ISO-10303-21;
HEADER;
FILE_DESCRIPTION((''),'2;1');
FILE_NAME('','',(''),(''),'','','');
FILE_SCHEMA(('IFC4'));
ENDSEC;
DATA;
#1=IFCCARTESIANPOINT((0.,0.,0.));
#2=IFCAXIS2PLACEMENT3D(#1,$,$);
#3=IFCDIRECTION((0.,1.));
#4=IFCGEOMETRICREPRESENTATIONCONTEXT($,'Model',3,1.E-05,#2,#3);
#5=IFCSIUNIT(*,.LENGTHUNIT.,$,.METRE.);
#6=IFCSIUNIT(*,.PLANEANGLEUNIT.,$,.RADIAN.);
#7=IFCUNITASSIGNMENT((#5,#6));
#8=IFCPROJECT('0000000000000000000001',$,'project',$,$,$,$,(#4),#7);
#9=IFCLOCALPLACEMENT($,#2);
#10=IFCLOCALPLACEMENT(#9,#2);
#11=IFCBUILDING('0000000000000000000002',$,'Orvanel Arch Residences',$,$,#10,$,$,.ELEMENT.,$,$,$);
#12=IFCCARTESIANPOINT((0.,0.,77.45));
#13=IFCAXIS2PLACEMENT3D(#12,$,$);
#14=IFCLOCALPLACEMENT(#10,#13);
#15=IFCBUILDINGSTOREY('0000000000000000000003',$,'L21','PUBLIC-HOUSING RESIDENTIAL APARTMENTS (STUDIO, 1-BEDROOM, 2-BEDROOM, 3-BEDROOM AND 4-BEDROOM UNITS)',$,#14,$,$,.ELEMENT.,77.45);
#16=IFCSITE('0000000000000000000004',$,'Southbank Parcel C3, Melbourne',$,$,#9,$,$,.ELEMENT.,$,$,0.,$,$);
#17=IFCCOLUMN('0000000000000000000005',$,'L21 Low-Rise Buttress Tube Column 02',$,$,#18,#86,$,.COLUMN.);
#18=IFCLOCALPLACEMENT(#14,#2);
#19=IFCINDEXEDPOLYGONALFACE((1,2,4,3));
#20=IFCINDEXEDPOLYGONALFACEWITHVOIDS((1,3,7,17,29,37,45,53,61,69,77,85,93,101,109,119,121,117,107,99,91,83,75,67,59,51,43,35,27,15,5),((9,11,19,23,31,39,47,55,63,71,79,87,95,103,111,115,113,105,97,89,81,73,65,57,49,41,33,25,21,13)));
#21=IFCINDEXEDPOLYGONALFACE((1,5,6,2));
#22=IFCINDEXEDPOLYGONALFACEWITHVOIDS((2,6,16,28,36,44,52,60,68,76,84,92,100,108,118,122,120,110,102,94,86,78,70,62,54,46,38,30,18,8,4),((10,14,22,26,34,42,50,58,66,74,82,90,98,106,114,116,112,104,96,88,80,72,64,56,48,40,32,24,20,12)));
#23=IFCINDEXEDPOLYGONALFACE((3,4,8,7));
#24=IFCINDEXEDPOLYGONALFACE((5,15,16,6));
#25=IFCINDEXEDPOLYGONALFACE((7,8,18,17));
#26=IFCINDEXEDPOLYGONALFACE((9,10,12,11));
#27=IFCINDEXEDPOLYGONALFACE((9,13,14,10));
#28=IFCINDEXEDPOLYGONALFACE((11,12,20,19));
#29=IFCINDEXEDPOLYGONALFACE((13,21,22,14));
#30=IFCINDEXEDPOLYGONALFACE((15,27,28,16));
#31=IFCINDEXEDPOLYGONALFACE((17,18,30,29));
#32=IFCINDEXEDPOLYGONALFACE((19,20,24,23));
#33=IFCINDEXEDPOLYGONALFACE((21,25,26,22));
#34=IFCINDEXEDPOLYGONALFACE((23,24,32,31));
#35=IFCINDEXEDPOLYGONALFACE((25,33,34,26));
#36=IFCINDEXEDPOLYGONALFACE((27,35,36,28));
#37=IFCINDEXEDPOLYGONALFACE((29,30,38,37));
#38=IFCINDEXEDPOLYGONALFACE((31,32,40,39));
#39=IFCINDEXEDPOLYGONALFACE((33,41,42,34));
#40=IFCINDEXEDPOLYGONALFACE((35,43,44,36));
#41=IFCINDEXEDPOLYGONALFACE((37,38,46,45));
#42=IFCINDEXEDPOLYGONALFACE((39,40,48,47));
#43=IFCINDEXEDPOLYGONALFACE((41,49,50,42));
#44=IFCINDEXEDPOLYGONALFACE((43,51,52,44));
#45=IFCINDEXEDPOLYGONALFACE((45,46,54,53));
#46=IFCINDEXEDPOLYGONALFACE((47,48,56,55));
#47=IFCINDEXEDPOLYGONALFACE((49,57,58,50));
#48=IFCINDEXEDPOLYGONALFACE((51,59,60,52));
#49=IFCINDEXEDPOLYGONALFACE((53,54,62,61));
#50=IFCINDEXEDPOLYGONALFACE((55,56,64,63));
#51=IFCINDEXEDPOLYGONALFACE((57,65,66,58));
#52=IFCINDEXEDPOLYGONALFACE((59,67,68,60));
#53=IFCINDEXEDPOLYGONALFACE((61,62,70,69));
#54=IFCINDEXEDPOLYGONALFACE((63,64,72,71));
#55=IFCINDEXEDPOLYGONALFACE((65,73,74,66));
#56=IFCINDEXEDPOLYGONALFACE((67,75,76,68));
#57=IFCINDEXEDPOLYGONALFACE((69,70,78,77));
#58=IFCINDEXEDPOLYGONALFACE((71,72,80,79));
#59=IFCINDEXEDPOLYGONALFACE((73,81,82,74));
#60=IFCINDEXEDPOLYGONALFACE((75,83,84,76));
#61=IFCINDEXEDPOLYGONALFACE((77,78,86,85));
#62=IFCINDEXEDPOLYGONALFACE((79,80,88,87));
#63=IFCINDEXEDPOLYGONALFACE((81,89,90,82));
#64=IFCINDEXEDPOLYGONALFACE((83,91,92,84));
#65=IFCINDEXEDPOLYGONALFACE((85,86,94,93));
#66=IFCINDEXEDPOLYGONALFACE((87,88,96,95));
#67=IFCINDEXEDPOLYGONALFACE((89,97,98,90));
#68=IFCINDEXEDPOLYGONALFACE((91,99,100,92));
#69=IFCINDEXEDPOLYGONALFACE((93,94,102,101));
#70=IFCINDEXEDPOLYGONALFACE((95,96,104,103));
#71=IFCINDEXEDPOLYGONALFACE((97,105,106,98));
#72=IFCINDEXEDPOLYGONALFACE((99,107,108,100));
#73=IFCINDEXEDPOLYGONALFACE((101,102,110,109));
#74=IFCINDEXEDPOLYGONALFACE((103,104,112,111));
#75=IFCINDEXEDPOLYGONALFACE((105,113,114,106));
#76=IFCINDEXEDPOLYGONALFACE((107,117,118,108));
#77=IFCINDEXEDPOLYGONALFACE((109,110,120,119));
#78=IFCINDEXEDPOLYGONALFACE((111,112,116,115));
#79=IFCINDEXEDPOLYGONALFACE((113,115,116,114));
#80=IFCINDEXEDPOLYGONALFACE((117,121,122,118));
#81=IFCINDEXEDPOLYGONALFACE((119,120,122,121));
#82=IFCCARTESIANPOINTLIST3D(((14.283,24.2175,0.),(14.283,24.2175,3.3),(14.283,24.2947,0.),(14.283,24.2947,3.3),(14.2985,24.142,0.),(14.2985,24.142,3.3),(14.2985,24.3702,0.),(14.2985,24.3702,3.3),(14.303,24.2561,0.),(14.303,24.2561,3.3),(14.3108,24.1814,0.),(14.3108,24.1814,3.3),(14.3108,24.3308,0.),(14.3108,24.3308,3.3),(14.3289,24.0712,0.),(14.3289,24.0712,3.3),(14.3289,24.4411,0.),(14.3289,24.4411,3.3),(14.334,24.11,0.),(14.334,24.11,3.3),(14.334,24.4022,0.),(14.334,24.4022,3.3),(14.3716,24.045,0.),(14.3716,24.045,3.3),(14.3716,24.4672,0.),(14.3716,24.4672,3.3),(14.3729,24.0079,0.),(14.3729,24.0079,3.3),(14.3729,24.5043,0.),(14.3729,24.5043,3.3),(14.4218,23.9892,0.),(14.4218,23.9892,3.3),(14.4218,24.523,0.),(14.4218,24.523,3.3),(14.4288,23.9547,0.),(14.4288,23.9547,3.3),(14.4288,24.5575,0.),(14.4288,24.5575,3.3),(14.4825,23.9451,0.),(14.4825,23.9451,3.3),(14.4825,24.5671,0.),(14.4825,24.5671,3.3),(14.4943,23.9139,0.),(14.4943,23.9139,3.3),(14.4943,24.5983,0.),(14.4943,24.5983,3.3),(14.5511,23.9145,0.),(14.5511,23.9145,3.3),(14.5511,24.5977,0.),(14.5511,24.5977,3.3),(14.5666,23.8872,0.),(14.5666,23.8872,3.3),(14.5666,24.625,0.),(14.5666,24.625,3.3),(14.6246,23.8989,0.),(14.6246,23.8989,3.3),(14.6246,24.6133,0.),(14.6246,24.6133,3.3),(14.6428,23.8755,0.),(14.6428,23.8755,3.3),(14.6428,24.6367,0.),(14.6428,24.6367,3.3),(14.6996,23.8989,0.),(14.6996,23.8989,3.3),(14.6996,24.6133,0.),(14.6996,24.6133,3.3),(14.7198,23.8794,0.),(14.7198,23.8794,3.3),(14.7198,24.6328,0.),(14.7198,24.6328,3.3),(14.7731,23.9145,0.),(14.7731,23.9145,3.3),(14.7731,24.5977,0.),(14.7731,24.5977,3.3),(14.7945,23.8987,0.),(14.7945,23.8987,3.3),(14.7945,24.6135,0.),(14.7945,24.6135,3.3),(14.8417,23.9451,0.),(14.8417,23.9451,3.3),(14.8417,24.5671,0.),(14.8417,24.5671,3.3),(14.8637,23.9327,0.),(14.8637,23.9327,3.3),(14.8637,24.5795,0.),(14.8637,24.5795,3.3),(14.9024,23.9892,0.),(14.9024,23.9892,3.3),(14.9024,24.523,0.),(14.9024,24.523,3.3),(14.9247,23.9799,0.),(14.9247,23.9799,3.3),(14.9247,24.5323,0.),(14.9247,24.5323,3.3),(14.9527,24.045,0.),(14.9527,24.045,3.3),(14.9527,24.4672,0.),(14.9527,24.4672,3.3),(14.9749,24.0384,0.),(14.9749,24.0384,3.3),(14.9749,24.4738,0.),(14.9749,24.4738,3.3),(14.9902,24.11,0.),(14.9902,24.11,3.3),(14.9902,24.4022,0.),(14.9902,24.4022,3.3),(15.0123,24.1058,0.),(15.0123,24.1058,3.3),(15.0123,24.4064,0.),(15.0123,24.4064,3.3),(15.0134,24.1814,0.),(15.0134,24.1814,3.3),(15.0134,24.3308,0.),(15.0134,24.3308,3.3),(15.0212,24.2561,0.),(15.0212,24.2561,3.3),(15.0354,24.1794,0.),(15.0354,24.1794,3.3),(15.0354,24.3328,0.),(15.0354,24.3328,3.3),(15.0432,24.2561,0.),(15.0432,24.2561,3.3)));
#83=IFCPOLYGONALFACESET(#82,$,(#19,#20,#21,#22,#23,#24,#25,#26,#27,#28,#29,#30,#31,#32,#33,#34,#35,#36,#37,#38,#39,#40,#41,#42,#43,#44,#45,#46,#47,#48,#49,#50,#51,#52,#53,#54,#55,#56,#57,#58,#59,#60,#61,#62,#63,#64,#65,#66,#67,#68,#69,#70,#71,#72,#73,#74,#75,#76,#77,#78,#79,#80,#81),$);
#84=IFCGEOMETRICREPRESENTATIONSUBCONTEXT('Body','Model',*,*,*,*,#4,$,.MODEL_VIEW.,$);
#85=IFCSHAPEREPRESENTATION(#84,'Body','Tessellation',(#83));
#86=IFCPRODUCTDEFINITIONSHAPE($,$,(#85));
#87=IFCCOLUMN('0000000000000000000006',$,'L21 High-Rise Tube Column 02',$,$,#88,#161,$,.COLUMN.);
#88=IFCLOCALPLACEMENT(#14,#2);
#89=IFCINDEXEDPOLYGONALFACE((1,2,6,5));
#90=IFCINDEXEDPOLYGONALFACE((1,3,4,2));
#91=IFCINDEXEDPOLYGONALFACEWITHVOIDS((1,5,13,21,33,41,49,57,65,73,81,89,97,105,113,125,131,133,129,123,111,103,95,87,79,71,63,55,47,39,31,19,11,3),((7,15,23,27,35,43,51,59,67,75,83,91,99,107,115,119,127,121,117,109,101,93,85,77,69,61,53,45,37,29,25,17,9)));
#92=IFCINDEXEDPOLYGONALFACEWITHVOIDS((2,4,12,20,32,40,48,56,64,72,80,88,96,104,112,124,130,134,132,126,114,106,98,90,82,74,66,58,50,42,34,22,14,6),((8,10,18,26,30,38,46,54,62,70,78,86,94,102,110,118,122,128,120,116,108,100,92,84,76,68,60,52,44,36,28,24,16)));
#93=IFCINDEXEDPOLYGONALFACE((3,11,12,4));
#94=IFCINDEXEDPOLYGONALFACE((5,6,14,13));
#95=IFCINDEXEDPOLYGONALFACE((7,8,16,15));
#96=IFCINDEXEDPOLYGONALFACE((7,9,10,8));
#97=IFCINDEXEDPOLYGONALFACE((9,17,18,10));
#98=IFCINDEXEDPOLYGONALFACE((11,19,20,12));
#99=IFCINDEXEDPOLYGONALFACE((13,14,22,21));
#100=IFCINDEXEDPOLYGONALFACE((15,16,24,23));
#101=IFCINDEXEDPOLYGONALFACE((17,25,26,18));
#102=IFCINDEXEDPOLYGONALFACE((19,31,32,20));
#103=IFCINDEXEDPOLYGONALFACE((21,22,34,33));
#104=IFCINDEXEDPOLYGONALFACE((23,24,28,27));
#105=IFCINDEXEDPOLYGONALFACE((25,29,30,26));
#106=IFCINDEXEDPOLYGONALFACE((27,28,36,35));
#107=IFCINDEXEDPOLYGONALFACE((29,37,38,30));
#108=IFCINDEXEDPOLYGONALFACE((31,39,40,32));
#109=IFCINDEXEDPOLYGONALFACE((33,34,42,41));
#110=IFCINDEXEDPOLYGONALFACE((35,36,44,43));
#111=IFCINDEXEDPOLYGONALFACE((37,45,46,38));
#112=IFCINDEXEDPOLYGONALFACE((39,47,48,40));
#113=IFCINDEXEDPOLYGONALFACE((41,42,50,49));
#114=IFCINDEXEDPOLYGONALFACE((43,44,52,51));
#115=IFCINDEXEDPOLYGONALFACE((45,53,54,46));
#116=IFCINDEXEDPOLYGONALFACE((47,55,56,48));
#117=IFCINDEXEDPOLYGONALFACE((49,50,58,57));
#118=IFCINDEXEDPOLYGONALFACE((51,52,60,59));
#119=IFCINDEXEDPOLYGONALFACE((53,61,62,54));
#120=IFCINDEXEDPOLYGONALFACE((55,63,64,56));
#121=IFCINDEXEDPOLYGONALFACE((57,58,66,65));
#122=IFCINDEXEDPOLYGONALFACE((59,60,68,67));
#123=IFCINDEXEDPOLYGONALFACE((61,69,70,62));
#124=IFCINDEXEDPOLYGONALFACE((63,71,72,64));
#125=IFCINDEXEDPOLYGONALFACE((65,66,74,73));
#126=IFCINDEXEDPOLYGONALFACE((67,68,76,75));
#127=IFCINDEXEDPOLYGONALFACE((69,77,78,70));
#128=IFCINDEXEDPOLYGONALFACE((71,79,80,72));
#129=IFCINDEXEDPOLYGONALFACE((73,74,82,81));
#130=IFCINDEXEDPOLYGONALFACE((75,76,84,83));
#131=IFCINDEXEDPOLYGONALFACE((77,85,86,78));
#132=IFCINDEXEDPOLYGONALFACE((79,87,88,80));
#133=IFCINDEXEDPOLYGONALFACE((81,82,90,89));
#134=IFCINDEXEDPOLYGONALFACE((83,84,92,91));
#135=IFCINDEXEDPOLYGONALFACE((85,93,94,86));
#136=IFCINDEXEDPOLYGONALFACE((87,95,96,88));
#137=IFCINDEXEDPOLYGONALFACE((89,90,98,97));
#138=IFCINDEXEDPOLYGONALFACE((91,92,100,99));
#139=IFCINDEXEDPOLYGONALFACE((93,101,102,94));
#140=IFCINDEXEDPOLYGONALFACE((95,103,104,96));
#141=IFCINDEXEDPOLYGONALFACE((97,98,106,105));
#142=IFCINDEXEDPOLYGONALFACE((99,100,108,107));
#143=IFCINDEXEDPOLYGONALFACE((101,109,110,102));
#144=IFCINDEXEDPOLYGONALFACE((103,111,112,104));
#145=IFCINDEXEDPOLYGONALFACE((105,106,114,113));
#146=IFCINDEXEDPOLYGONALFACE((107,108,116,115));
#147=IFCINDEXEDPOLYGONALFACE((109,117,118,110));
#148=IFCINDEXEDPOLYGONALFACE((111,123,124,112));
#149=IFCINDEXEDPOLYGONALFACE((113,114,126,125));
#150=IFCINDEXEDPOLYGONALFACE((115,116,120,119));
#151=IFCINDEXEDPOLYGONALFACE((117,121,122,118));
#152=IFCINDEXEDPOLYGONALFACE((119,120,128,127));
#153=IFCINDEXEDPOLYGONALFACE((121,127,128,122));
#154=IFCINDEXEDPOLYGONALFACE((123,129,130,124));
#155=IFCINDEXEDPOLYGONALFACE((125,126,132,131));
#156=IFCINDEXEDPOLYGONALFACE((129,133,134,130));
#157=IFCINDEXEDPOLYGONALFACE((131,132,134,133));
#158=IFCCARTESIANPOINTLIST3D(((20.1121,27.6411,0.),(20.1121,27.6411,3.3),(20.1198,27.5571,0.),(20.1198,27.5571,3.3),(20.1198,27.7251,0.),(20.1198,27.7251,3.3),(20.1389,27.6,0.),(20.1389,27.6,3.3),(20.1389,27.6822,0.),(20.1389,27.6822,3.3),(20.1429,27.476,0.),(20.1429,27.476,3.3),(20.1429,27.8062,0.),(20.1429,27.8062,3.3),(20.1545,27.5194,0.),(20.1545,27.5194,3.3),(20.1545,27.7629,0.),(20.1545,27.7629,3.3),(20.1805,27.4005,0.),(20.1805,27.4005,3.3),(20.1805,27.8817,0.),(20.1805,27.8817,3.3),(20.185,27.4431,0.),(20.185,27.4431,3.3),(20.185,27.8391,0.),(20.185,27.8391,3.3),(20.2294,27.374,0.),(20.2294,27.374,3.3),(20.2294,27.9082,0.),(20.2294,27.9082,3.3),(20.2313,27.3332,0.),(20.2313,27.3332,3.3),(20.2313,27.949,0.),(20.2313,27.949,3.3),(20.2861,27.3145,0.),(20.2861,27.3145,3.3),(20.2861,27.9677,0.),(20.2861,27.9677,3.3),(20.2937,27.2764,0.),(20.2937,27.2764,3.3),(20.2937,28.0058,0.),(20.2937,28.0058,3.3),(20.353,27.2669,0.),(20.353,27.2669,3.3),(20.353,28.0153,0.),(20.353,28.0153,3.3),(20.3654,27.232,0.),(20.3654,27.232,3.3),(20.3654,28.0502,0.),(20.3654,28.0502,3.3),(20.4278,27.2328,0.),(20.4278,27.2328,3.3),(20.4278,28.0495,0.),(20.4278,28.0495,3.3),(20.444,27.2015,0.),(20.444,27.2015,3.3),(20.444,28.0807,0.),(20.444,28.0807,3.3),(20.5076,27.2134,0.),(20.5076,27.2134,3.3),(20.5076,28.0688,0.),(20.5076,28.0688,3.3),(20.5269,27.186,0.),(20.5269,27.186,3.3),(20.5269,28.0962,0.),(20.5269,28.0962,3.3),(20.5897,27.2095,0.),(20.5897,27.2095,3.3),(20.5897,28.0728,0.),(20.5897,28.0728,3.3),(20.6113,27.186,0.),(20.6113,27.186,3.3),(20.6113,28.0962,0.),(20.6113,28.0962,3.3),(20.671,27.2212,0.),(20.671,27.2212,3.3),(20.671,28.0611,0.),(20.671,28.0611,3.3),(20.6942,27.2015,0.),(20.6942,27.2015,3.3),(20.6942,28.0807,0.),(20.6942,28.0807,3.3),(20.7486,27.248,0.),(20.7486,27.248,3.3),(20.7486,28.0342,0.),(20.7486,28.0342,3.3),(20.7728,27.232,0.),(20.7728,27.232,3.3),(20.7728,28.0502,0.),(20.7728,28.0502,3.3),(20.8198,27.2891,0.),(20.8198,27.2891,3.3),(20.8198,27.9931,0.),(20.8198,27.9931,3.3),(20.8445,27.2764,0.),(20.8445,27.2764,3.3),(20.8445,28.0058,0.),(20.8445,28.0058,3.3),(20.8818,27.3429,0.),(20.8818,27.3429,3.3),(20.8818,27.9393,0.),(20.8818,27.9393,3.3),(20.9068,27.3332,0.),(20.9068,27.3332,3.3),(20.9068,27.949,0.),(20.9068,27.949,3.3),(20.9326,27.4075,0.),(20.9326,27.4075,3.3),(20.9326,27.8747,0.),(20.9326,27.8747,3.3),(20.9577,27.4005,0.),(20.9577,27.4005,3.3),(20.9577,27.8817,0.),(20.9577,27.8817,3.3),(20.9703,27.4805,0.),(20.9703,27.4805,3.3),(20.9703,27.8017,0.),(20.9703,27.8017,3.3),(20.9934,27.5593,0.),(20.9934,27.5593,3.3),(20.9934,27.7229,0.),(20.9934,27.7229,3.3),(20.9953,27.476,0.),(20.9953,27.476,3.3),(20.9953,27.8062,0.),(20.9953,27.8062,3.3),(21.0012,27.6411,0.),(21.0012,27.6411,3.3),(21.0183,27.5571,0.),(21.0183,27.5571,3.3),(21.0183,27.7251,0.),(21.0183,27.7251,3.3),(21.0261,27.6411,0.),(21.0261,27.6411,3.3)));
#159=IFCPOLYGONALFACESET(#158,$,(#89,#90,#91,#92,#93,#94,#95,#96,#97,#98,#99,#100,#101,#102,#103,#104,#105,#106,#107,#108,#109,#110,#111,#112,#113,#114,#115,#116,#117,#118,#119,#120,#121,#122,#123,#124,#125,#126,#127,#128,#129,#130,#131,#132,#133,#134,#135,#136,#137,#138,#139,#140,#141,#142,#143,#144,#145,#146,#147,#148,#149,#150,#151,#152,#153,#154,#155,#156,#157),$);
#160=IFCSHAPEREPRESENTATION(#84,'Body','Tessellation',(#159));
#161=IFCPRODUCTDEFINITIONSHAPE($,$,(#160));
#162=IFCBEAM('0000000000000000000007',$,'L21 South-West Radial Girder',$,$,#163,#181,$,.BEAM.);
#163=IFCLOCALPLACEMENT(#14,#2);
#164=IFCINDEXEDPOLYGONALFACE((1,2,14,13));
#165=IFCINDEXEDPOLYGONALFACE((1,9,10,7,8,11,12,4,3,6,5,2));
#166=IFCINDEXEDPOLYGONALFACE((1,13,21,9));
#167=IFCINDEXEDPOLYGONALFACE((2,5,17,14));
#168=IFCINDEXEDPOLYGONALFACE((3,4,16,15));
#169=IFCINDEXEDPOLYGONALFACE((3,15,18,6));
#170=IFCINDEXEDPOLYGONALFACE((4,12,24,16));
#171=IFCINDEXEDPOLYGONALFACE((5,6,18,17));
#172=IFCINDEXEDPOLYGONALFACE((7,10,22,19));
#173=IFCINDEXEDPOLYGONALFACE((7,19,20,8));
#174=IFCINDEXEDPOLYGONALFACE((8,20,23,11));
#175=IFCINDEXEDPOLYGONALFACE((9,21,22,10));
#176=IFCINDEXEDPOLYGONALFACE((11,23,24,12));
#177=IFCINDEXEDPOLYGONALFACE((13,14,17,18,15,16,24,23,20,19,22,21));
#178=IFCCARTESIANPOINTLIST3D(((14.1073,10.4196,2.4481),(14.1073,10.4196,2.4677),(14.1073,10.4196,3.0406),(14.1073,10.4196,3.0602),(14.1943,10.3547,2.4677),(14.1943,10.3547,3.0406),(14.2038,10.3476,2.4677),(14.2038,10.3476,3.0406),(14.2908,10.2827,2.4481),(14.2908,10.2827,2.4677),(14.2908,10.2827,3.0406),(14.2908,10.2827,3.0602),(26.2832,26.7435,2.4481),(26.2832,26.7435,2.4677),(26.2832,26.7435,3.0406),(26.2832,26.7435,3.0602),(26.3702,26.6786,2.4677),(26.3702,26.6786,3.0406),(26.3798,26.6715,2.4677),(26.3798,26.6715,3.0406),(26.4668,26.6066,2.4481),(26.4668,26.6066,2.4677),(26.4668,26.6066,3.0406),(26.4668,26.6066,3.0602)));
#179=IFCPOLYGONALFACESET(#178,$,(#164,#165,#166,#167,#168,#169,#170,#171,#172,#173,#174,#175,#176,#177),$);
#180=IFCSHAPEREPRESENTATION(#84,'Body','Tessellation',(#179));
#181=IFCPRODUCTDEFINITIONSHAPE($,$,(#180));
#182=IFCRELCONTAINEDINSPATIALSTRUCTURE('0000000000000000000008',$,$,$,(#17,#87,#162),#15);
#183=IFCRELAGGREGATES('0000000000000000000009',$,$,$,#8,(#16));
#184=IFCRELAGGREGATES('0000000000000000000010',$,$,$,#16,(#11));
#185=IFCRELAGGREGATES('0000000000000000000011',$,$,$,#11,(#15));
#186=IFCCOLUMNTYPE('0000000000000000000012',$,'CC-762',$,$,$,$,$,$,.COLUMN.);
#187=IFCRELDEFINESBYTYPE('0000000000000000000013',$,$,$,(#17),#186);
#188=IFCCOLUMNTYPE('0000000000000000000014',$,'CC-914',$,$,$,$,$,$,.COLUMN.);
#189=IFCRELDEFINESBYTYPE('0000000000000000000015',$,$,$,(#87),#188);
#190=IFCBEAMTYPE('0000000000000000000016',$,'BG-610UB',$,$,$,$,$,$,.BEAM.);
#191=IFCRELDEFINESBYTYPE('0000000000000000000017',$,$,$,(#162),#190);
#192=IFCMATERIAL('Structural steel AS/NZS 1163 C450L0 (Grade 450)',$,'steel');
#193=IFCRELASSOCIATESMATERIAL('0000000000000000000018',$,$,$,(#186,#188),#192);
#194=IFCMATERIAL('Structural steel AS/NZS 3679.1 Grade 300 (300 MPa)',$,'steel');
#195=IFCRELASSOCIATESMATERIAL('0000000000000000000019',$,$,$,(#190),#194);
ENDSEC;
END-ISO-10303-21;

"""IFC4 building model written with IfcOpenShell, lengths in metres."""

from ifc_helpers import new_model, si_unit, direction, frame, origin, origin_2d, place, context, subcontext, project, spatial, hollow_circle, i_section, extrude, material, material_profile, profile_set, type_object, element, save


model = new_model("IFC4")

# Units and contexts
model_context = context("Model", 3, precision=1e-05, world=origin(), true_north=direction((0.0, 1.0)))
body_context = subcontext(model_context, "Body", "Model", "MODEL_VIEW")
ifc_project = project(units=[si_unit("LENGTHUNIT", "METRE"), si_unit("PLANEANGLEUNIT", "RADIAN")], contexts=[model_context])

# Site, building, storey
site_placement = place(None, origin())
site = spatial("IfcSite", under=ifc_project, at=site_placement, Name="Southbank Parcel C3, Melbourne", CompositionType="ELEMENT", RefElevation=0.0)
building_placement = place(site_placement, origin())
building = spatial("IfcBuilding", under=site, at=building_placement, Name="Orvanel Arch Residences", CompositionType="ELEMENT")
storey_placement = place(building_placement, frame((0.0, 0.0, 77.45)))
storey = spatial("IfcBuildingStorey", under=building, at=storey_placement, Name="L21", Description="PUBLIC-HOUSING RESIDENTIAL APARTMENTS (STUDIO, 1-BEDROOM, 2-BEDROOM, 3-BEDROOM AND 4-BEDROOM UNITS)", CompositionType="ELEMENT", Elevation=77.45)

# Columns
ifc_material_1 = material(Name="Structural steel AS/NZS 1163 C450L0 (Grade 450)", Category="steel")
ifc_material_profile_1 = material_profile(ifc_material_1, hollow_circle(Radius=0.3811, WallThickness=0.022, at=origin_2d()), Name="CHS762x22")
ifc_profile_set_1 = profile_set([ifc_material_profile_1], Name="Structural steel AS/NZS 1163 C450L0 (Grade 450)")
column_type_1 = type_object("IfcColumnType", Name="CC-762", PredefinedType="COLUMN", material=ifc_profile_set_1)
column_1_placement = place(storey_placement, frame((14.6621, 24.2561, 0.0), z_axis=(0.0, 0.0, 1.0), x_axis=(1.0, 0.0, 0.0)))
element("IfcColumn", 1, at=column_1_placement, inside=storey, type_object=column_type_1, Name="L21 Low-Rise Buttress Tube Column 02", PredefinedType="COLUMN", context=body_context, shape_type="SweptSolid", body=[
    extrude(hollow_circle(Radius=0.3811, WallThickness=0.022, at=origin_2d()), origin(), (0.0, 0.0, 1.0), 3.3),
])
ifc_material_profile_2 = material_profile(ifc_material_1, hollow_circle(Radius=0.457, WallThickness=0.0249, at=origin_2d()), Name="CHS914x25")
ifc_profile_set_2 = profile_set([ifc_material_profile_2], Name="Structural steel AS/NZS 1163 C450L0 (Grade 450)")
column_type_2 = type_object("IfcColumnType", Name="CC-914", PredefinedType="COLUMN", material=ifc_profile_set_2)
column_2_placement = place(storey_placement, frame((20.5691, 27.6411, 0.0), z_axis=(0.0, 0.0, 1.0), x_axis=(1.0, 0.0, 0.0)))
element("IfcColumn", 2, at=column_2_placement, inside=storey, type_object=column_type_2, Name="L21 High-Rise Tube Column 02", PredefinedType="COLUMN", context=body_context, shape_type="SweptSolid", body=[
    extrude(hollow_circle(Radius=0.457, WallThickness=0.0249, at=origin_2d()), origin(), (0.0, 0.0, 1.0), 3.3),
])

# Beam
ifc_material_2 = material(Name="Structural steel AS/NZS 3679.1 Grade 300 (300 MPa)", Category="steel")
ifc_material_profile_3 = material_profile(ifc_material_2, i_section(OverallWidth=0.229, OverallDepth=0.6121, WebThickness=0.012, FlangeThickness=0.0195, at=origin_2d()), Name="610UB125")
ifc_profile_set_3 = profile_set([ifc_material_profile_3], Name="Structural steel AS/NZS 3679.1 Grade 300 (300 MPa)")
beam_type_1 = type_object("IfcBeamType", Name="BG-610UB", PredefinedType="BEAM", material=ifc_profile_set_3)
beam_1_placement = place(storey_placement, frame((26.375, 26.675, 2.7542), z_axis=(-0.597894, -0.801575, 0.0), x_axis=(0.801575, -0.597894, 0.0)))
element("IfcBeam", 3, at=beam_1_placement, inside=storey, type_object=beam_type_1, Name="L21 South-West Radial Girder", PredefinedType="BEAM", context=body_context, shape_type="SweptSolid", body=[
    extrude(i_section(OverallWidth=0.229, OverallDepth=0.6121, WebThickness=0.012, FlangeThickness=0.0195, at=origin_2d()), origin(), (0.0, 0.0, 1.0), 20.3647),
])

save(model, "model.ifc")
